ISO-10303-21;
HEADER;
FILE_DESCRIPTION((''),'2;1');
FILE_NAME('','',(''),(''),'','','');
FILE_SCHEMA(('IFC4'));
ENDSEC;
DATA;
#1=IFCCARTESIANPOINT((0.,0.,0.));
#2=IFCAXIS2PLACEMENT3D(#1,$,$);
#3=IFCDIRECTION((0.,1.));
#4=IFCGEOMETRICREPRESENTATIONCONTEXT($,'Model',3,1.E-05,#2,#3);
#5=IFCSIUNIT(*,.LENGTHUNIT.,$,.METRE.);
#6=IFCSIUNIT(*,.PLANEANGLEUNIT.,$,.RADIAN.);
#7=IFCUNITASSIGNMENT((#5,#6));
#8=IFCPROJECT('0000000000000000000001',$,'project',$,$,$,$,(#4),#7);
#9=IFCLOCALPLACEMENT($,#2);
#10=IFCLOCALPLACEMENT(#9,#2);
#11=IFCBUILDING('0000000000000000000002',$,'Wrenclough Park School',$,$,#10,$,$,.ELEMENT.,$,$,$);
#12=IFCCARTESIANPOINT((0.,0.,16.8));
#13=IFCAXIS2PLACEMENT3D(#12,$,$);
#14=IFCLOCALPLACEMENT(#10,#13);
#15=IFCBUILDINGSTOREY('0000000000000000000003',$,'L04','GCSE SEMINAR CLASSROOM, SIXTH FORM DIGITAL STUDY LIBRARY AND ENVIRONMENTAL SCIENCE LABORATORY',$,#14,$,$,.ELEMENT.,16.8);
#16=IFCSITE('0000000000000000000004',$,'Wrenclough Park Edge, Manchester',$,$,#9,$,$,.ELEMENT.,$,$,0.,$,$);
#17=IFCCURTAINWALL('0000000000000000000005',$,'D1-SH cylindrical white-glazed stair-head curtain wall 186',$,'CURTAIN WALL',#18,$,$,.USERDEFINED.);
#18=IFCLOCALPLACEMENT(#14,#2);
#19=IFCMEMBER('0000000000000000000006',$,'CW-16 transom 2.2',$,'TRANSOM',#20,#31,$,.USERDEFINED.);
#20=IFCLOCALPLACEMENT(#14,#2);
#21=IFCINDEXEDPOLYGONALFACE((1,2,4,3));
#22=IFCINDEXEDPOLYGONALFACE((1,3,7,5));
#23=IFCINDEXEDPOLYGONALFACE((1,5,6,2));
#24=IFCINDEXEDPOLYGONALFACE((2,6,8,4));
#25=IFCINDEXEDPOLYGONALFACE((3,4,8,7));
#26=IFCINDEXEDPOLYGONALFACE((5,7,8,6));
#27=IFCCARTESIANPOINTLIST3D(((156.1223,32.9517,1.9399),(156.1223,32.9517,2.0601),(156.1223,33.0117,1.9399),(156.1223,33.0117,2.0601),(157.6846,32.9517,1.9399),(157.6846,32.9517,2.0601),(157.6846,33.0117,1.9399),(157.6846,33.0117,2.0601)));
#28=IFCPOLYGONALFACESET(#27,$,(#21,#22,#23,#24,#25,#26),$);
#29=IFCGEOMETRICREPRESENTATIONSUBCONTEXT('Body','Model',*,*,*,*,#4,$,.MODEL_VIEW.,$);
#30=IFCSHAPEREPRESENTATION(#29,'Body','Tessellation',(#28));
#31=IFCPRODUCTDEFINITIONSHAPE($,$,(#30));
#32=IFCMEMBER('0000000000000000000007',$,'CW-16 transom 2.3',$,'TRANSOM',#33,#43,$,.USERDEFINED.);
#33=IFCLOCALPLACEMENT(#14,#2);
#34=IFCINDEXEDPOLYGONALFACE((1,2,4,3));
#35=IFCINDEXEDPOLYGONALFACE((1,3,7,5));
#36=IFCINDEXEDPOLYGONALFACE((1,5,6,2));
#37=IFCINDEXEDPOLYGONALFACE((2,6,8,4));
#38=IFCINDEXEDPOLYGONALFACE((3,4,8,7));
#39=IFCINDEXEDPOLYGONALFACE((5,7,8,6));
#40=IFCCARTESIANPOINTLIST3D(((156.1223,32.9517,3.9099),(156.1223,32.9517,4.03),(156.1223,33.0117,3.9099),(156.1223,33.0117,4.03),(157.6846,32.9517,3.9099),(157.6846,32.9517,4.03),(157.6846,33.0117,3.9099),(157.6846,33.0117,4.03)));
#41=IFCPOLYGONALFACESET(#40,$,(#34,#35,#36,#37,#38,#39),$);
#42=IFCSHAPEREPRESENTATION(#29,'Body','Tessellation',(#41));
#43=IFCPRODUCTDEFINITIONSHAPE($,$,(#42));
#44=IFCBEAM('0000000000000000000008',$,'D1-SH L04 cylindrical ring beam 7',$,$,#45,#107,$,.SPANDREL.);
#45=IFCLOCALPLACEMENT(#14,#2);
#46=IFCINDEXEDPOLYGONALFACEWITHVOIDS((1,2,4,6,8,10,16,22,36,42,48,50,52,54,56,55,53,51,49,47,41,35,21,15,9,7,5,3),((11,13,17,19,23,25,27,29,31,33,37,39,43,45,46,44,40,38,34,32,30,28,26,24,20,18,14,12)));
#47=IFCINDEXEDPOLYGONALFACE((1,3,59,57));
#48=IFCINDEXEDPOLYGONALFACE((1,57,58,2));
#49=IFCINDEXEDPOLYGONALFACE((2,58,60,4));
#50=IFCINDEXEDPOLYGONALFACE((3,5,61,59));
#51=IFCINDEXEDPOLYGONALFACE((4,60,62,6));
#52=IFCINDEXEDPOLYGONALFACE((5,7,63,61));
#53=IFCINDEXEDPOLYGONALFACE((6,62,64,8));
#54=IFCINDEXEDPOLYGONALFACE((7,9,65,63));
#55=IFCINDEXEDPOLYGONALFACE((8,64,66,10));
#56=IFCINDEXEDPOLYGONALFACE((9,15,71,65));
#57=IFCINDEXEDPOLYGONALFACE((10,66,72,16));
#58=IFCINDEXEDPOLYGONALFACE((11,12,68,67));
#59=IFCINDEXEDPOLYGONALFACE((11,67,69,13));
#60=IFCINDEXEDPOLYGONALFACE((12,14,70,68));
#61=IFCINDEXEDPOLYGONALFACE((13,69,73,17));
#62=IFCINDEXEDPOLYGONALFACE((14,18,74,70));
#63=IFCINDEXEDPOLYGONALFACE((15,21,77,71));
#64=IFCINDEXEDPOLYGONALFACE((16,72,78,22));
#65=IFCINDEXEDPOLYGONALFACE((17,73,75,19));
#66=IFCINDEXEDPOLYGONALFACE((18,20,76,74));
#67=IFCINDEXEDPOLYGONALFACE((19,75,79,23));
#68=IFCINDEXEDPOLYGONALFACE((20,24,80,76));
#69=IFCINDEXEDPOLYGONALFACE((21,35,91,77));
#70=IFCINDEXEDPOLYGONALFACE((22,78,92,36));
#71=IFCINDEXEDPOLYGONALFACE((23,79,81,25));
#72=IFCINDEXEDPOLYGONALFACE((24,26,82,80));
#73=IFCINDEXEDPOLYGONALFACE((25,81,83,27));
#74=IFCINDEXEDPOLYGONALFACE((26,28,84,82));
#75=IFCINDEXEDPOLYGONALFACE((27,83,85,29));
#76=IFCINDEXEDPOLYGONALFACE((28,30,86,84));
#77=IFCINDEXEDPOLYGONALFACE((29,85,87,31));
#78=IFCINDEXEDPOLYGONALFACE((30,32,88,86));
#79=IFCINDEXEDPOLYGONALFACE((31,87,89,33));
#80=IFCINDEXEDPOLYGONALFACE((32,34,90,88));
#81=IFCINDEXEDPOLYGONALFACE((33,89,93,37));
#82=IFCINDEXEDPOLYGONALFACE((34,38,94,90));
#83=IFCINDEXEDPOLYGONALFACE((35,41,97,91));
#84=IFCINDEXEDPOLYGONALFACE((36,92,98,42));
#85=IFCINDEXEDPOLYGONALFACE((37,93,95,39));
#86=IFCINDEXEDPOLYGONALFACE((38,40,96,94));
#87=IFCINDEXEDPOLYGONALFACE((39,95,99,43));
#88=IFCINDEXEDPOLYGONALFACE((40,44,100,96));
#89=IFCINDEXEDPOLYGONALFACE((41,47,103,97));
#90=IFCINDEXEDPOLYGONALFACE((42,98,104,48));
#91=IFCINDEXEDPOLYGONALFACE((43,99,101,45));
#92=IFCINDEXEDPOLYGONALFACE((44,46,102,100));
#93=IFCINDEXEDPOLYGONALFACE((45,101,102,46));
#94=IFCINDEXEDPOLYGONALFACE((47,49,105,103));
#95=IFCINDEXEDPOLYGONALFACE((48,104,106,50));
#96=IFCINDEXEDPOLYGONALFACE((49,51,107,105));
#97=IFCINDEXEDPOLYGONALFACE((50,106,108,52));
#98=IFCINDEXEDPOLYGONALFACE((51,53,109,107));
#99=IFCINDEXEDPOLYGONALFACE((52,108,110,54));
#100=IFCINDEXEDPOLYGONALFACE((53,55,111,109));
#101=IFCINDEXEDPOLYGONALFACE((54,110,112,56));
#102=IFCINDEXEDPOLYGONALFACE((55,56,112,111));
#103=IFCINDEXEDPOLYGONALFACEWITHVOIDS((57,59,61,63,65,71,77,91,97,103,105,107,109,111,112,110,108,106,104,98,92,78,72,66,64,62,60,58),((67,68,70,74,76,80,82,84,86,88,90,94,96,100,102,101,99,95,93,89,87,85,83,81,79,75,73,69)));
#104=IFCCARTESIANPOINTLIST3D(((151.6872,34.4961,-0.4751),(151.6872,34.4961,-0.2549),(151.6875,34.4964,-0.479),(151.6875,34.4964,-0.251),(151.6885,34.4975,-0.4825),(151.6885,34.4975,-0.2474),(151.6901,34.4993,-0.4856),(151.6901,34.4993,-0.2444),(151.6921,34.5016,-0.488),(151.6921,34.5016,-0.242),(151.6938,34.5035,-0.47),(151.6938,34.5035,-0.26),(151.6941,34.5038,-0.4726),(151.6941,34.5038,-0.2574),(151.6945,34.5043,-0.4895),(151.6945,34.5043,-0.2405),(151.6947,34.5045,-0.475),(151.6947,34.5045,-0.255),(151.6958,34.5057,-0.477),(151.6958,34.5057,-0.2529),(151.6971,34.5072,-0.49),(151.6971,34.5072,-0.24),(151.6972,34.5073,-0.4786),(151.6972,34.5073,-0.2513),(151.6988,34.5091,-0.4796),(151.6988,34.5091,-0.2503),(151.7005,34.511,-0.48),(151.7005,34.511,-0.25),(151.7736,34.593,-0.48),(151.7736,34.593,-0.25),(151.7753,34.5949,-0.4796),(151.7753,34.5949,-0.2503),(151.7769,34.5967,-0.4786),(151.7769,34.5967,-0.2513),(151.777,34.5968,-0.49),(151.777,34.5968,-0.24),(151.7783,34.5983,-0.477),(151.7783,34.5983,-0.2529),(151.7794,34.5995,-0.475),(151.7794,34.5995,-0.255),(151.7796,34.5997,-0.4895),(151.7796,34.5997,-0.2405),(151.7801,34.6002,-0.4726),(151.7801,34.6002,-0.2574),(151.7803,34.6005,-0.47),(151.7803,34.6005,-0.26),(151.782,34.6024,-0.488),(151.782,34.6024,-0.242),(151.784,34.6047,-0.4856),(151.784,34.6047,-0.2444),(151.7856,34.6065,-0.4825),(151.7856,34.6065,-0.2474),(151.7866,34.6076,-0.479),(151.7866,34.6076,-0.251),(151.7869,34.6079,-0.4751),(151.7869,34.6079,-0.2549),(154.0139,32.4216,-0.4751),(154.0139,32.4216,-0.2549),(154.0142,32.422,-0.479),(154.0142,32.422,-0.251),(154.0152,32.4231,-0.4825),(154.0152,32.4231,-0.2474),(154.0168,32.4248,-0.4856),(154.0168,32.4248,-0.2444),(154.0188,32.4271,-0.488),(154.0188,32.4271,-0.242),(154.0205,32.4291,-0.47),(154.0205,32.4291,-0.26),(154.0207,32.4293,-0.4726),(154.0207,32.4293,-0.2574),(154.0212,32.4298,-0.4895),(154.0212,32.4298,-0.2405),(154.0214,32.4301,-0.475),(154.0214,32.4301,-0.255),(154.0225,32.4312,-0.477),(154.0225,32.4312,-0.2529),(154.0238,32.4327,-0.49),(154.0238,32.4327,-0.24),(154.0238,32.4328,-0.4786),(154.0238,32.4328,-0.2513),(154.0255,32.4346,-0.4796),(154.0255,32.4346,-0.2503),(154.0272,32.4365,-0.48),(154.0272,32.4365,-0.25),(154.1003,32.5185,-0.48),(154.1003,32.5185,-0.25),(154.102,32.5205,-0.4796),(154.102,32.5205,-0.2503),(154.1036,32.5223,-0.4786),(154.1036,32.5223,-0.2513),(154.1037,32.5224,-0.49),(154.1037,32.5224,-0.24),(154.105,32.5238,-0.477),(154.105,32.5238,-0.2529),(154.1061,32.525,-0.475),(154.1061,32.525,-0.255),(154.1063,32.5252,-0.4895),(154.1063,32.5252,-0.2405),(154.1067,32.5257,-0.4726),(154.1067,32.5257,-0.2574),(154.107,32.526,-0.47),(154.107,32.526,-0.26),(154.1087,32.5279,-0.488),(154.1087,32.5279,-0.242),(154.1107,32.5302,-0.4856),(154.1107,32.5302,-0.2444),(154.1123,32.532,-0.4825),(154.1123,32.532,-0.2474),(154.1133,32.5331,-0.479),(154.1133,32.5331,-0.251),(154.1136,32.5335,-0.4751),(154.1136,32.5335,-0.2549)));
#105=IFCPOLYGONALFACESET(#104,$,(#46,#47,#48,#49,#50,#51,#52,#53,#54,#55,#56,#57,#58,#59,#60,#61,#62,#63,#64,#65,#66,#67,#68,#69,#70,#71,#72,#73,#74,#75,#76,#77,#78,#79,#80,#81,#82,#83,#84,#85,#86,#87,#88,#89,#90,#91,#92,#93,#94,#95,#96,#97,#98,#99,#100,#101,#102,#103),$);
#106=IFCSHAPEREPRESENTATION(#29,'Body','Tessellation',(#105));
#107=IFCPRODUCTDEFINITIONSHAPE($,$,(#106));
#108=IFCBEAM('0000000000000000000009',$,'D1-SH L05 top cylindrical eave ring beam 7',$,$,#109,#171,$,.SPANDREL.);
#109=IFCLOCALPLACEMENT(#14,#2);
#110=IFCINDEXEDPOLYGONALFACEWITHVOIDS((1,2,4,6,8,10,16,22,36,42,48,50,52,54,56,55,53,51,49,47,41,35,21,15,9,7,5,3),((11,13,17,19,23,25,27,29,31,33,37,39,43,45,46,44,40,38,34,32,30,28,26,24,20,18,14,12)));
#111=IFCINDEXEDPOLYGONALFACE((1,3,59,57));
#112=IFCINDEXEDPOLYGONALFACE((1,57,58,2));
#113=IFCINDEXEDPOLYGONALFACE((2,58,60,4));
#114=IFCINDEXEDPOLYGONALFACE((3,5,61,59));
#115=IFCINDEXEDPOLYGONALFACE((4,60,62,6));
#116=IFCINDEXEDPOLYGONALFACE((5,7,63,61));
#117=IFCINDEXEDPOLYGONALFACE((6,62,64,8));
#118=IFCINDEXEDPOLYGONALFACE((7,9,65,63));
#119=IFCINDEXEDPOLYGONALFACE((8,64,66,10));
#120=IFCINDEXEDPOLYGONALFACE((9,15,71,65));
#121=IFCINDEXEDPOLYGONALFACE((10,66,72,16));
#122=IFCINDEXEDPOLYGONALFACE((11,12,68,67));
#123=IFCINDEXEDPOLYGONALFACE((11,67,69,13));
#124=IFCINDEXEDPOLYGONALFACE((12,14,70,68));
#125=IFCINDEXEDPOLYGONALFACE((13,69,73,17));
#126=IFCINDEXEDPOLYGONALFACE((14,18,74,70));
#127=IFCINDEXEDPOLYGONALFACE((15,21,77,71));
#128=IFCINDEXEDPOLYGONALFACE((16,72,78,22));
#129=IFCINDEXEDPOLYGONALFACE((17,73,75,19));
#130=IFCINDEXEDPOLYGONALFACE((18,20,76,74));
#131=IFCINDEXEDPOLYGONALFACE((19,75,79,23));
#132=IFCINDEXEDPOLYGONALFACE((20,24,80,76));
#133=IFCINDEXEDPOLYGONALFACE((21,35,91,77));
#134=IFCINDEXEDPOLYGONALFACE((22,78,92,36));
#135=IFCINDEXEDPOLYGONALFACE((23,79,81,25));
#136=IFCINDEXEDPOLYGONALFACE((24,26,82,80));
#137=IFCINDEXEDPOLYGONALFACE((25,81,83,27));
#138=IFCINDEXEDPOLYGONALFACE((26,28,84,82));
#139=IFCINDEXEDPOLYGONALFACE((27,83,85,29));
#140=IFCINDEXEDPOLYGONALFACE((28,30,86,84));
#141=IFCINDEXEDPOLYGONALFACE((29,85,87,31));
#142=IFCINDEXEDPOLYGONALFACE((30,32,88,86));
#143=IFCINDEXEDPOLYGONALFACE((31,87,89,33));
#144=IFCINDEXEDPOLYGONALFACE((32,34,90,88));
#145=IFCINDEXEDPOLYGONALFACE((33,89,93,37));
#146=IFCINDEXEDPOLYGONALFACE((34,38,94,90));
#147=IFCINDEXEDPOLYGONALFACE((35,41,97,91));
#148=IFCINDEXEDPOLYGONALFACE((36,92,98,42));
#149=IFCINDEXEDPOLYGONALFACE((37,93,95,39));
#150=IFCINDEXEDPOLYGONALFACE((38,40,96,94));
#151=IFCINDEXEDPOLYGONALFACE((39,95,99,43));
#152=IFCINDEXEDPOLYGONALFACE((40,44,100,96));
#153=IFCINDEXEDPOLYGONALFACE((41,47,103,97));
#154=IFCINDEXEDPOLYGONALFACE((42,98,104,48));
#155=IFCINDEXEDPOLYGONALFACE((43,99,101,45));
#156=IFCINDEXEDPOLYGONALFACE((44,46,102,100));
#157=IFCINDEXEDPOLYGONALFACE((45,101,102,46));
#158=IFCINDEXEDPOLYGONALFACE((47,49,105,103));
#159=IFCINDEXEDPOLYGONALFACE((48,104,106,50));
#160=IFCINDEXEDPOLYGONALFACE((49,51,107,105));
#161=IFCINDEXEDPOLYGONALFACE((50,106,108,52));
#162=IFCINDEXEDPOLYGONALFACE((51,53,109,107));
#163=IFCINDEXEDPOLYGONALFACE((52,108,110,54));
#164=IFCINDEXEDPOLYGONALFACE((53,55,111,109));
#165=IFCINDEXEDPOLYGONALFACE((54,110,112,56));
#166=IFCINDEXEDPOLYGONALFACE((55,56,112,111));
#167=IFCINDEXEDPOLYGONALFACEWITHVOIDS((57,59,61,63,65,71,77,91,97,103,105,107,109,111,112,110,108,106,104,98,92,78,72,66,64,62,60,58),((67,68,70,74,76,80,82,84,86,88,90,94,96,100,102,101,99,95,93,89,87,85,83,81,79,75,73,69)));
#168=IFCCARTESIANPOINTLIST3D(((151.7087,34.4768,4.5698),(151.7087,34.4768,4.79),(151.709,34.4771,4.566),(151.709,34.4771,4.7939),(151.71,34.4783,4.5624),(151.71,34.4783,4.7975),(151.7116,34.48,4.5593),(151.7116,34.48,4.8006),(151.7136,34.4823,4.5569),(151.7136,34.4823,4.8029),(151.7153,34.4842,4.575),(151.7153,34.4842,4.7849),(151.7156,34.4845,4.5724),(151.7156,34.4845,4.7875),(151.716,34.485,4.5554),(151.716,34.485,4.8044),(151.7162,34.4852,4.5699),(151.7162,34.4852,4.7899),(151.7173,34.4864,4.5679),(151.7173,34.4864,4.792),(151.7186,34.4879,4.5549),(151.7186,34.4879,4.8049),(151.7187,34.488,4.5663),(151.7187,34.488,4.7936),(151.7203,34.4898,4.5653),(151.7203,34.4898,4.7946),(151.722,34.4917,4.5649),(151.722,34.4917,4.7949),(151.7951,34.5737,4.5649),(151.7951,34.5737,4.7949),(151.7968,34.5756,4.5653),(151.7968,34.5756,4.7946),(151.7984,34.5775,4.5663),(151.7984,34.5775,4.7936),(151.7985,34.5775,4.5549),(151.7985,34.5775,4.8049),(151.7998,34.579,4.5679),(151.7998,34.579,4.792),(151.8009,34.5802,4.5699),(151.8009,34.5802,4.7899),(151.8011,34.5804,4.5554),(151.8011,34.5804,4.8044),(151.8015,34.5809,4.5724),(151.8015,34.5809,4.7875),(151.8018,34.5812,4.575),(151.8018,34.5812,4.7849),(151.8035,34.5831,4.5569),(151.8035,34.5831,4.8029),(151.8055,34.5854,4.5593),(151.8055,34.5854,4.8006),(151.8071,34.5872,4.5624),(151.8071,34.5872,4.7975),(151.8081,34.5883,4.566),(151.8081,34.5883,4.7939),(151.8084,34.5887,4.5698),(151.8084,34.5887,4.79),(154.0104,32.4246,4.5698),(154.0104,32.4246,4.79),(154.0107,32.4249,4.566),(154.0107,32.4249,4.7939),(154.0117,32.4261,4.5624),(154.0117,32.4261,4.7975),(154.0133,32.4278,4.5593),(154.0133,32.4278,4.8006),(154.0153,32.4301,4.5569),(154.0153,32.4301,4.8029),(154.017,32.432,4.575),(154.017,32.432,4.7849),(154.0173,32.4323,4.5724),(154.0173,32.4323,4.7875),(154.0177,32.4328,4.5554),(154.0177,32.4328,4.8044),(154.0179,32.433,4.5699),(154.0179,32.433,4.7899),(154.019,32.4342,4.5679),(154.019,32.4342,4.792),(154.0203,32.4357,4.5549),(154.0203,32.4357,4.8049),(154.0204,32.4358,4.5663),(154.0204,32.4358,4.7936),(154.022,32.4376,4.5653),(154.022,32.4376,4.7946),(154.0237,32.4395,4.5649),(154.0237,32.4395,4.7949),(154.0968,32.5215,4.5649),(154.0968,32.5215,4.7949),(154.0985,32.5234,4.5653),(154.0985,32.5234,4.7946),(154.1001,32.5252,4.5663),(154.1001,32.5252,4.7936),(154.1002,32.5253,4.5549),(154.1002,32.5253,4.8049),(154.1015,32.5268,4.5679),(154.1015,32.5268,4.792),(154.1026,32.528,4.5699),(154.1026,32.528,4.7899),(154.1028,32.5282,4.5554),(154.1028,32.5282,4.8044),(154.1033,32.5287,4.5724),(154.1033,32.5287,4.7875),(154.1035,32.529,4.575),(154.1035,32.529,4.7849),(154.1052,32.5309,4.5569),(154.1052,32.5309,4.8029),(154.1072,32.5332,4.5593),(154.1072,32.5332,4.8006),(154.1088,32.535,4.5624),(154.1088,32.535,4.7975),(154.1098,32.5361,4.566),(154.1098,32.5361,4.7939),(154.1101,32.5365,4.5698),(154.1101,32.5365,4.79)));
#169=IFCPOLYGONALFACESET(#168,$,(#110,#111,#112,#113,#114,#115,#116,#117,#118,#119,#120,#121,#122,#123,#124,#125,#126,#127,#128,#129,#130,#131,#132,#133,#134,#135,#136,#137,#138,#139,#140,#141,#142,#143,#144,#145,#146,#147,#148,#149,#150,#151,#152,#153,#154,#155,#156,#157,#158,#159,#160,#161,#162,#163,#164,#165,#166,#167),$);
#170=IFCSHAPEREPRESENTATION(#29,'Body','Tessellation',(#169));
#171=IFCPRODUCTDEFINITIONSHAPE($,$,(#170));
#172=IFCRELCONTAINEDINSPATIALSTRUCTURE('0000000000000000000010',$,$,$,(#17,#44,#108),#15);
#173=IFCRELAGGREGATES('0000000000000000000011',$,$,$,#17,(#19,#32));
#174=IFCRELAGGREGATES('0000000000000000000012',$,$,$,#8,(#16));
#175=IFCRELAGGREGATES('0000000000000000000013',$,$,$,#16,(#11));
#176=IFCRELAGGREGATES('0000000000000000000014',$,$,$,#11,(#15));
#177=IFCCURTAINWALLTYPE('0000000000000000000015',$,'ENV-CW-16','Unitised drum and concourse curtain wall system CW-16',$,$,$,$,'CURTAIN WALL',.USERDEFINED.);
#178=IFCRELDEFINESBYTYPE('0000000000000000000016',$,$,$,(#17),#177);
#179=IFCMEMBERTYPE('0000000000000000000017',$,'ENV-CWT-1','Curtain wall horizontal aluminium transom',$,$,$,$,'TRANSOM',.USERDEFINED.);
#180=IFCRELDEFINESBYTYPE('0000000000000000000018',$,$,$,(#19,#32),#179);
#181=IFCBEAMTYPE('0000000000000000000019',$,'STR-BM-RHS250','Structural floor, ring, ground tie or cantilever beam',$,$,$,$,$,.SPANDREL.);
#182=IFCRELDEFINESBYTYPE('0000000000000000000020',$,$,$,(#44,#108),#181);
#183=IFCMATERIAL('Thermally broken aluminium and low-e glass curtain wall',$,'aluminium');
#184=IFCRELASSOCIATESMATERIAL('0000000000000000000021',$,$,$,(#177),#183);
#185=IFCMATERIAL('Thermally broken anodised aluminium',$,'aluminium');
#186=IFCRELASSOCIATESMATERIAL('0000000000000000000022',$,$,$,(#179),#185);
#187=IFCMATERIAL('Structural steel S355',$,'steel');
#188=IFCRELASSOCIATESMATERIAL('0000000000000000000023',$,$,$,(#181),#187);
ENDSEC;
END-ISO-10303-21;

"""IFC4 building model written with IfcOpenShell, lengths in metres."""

from ifc_helpers import new_model, si_unit, direction, frame, origin, origin_2d, place, context, subcontext, project, spatial, rectangle, hollow_rectangle, extrude, material, material_profile, profile_set, type_object, element, aggregate, save


model = new_model("IFC4")

# Units and contexts
model_context = context("Model", 3, precision=1e-05, world=origin(), true_north=direction((0.0, 1.0)))
body_context = subcontext(model_context, "Body", "Model", "MODEL_VIEW")
ifc_project = project(units=[si_unit("LENGTHUNIT", "METRE"), si_unit("PLANEANGLEUNIT", "RADIAN")], contexts=[model_context])

# Site, building, storey
site_placement = place(None, origin())
site = spatial("IfcSite", under=ifc_project, at=site_placement, Name="Wrenclough Park Edge, Manchester", CompositionType="ELEMENT", RefElevation=0.0)
building_placement = place(site_placement, origin())
building = spatial("IfcBuilding", under=site, at=building_placement, Name="Wrenclough Park School", CompositionType="ELEMENT")
storey_placement = place(building_placement, frame((0.0, 0.0, 16.8)))
storey = spatial("IfcBuildingStorey", under=building, at=storey_placement, Name="L04", Description="GCSE SEMINAR CLASSROOM, SIXTH FORM DIGITAL STUDY LIBRARY AND ENVIRONMENTAL SCIENCE LABORATORY", CompositionType="ELEMENT", Elevation=16.8)

# Shared definitions
ifc_material_1 = material(Name="Structural steel S355", Category="steel")

# Shared definitions
ifc_material_2 = material(Name="Thermally broken aluminium and low-e glass curtain wall", Category="aluminium")
curtain_wall_type = type_object("IfcCurtainWallType", Name="ENV-CW-16", Description="Unitised drum and concourse curtain wall system CW-16", ElementType="CURTAIN WALL", PredefinedType="USERDEFINED", material=ifc_material_2)
ifc_material_3 = material(Name="Thermally broken anodised aluminium", Category="aluminium")

# Curtain wall, members
ifc_material_profile_1 = material_profile(ifc_material_3, rectangle(XDim=0.0601, YDim=0.1201, at=origin_2d()), Name="AL TRANSOM 60x120")
ifc_profile_set_1 = profile_set([ifc_material_profile_1], Name="Thermally broken anodised aluminium")
member_type_1 = type_object("IfcMemberType", Name="ENV-CWT-1", Description="Curtain wall horizontal aluminium transom", ElementType="TRANSOM", PredefinedType="USERDEFINED", material=ifc_profile_set_1)
curtain_wall_1_placement = place(storey_placement, origin())
curtain_wall_1 = element("IfcCurtainWall", 1, at=curtain_wall_1_placement, inside=storey, type_object=curtain_wall_type, Name="D1-SH cylindrical white-glazed stair-head curtain wall 186", ObjectType="CURTAIN WALL", PredefinedType="USERDEFINED")
member_1_placement = place(storey_placement, frame((156.1223, 32.9817, 2.0), z_axis=(1.0, 0.0, 0.0), x_axis=(0.0, 1.0, 0.0)))
member_1 = element("IfcMember", 2, at=member_1_placement, type_object=member_type_1, Name="CW-16 transom 2.2", ObjectType="TRANSOM", PredefinedType="USERDEFINED", context=body_context, shape_type="SweptSolid", body=[
    extrude(rectangle(XDim=0.0601, YDim=0.1201, at=origin_2d()), origin(), (0.0, 0.0, 1.0), 1.5623),
])
member_2_placement = place(storey_placement, frame((156.1223, 32.9817, 3.97), z_axis=(1.0, 0.0, 0.0), x_axis=(0.0, 1.0, 0.0)))
member_2 = element("IfcMember", 3, at=member_2_placement, type_object=member_type_1, Name="CW-16 transom 2.3", ObjectType="TRANSOM", PredefinedType="USERDEFINED", context=body_context, shape_type="SweptSolid", body=[
    extrude(rectangle(XDim=0.0601, YDim=0.1201, at=origin_2d()), origin(), (0.0, 0.0, 1.0), 1.5623),
])
aggregate(curtain_wall_1, [member_1, member_2])

# Beams
ifc_material_profile_2 = material_profile(ifc_material_1, hollow_rectangle(XDim=0.1499, YDim=0.25, WallThickness=0.01, InnerFilletRadius=0.01, OuterFilletRadius=0.0149, at=origin_2d()), Name="RHS 250x150x10.0")
ifc_profile_set_2 = profile_set([ifc_material_profile_2], Name="Structural steel S355")
beam_type = type_object("IfcBeamType", Name="STR-BM-RHS250", Description="Structural floor, ring, ground tie or cantilever beam", PredefinedType="SPANDREL", material=ifc_profile_set_2)
beam_1_placement = place(storey_placement, frame((151.7371, 34.552, -0.365), z_axis=(0.746402, -0.665496, 0.0), x_axis=(0.665496, 0.746402, 0.0)))
element("IfcBeam", 4, at=beam_1_placement, inside=storey, type_object=beam_type, Name="D1-SH L04 cylindrical ring beam 7", PredefinedType="SPANDREL", context=body_context, shape_type="SweptSolid", body=[
    extrude(hollow_rectangle(XDim=0.1499, YDim=0.25, WallThickness=0.01, InnerFilletRadius=0.01, OuterFilletRadius=0.0149, at=origin_2d()), origin(), (0.0, 0.0, 1.0), 3.1172),
])
beam_2_placement = place(storey_placement, frame((151.7585, 34.5327, 4.6799), z_axis=(0.746404, -0.665493, 0.0), x_axis=(0.665493, 0.746404, 0.0)))
element("IfcBeam", 5, at=beam_2_placement, inside=storey, type_object=beam_type, Name="D1-SH L05 top cylindrical eave ring beam 7", PredefinedType="SPANDREL", context=body_context, shape_type="SweptSolid", body=[
    extrude(hollow_rectangle(XDim=0.1499, YDim=0.25, WallThickness=0.01, InnerFilletRadius=0.01, OuterFilletRadius=0.0149, at=origin_2d()), origin(), (0.0, 0.0, 1.0), 3.0837),
])

save(model, "model.ifc")
